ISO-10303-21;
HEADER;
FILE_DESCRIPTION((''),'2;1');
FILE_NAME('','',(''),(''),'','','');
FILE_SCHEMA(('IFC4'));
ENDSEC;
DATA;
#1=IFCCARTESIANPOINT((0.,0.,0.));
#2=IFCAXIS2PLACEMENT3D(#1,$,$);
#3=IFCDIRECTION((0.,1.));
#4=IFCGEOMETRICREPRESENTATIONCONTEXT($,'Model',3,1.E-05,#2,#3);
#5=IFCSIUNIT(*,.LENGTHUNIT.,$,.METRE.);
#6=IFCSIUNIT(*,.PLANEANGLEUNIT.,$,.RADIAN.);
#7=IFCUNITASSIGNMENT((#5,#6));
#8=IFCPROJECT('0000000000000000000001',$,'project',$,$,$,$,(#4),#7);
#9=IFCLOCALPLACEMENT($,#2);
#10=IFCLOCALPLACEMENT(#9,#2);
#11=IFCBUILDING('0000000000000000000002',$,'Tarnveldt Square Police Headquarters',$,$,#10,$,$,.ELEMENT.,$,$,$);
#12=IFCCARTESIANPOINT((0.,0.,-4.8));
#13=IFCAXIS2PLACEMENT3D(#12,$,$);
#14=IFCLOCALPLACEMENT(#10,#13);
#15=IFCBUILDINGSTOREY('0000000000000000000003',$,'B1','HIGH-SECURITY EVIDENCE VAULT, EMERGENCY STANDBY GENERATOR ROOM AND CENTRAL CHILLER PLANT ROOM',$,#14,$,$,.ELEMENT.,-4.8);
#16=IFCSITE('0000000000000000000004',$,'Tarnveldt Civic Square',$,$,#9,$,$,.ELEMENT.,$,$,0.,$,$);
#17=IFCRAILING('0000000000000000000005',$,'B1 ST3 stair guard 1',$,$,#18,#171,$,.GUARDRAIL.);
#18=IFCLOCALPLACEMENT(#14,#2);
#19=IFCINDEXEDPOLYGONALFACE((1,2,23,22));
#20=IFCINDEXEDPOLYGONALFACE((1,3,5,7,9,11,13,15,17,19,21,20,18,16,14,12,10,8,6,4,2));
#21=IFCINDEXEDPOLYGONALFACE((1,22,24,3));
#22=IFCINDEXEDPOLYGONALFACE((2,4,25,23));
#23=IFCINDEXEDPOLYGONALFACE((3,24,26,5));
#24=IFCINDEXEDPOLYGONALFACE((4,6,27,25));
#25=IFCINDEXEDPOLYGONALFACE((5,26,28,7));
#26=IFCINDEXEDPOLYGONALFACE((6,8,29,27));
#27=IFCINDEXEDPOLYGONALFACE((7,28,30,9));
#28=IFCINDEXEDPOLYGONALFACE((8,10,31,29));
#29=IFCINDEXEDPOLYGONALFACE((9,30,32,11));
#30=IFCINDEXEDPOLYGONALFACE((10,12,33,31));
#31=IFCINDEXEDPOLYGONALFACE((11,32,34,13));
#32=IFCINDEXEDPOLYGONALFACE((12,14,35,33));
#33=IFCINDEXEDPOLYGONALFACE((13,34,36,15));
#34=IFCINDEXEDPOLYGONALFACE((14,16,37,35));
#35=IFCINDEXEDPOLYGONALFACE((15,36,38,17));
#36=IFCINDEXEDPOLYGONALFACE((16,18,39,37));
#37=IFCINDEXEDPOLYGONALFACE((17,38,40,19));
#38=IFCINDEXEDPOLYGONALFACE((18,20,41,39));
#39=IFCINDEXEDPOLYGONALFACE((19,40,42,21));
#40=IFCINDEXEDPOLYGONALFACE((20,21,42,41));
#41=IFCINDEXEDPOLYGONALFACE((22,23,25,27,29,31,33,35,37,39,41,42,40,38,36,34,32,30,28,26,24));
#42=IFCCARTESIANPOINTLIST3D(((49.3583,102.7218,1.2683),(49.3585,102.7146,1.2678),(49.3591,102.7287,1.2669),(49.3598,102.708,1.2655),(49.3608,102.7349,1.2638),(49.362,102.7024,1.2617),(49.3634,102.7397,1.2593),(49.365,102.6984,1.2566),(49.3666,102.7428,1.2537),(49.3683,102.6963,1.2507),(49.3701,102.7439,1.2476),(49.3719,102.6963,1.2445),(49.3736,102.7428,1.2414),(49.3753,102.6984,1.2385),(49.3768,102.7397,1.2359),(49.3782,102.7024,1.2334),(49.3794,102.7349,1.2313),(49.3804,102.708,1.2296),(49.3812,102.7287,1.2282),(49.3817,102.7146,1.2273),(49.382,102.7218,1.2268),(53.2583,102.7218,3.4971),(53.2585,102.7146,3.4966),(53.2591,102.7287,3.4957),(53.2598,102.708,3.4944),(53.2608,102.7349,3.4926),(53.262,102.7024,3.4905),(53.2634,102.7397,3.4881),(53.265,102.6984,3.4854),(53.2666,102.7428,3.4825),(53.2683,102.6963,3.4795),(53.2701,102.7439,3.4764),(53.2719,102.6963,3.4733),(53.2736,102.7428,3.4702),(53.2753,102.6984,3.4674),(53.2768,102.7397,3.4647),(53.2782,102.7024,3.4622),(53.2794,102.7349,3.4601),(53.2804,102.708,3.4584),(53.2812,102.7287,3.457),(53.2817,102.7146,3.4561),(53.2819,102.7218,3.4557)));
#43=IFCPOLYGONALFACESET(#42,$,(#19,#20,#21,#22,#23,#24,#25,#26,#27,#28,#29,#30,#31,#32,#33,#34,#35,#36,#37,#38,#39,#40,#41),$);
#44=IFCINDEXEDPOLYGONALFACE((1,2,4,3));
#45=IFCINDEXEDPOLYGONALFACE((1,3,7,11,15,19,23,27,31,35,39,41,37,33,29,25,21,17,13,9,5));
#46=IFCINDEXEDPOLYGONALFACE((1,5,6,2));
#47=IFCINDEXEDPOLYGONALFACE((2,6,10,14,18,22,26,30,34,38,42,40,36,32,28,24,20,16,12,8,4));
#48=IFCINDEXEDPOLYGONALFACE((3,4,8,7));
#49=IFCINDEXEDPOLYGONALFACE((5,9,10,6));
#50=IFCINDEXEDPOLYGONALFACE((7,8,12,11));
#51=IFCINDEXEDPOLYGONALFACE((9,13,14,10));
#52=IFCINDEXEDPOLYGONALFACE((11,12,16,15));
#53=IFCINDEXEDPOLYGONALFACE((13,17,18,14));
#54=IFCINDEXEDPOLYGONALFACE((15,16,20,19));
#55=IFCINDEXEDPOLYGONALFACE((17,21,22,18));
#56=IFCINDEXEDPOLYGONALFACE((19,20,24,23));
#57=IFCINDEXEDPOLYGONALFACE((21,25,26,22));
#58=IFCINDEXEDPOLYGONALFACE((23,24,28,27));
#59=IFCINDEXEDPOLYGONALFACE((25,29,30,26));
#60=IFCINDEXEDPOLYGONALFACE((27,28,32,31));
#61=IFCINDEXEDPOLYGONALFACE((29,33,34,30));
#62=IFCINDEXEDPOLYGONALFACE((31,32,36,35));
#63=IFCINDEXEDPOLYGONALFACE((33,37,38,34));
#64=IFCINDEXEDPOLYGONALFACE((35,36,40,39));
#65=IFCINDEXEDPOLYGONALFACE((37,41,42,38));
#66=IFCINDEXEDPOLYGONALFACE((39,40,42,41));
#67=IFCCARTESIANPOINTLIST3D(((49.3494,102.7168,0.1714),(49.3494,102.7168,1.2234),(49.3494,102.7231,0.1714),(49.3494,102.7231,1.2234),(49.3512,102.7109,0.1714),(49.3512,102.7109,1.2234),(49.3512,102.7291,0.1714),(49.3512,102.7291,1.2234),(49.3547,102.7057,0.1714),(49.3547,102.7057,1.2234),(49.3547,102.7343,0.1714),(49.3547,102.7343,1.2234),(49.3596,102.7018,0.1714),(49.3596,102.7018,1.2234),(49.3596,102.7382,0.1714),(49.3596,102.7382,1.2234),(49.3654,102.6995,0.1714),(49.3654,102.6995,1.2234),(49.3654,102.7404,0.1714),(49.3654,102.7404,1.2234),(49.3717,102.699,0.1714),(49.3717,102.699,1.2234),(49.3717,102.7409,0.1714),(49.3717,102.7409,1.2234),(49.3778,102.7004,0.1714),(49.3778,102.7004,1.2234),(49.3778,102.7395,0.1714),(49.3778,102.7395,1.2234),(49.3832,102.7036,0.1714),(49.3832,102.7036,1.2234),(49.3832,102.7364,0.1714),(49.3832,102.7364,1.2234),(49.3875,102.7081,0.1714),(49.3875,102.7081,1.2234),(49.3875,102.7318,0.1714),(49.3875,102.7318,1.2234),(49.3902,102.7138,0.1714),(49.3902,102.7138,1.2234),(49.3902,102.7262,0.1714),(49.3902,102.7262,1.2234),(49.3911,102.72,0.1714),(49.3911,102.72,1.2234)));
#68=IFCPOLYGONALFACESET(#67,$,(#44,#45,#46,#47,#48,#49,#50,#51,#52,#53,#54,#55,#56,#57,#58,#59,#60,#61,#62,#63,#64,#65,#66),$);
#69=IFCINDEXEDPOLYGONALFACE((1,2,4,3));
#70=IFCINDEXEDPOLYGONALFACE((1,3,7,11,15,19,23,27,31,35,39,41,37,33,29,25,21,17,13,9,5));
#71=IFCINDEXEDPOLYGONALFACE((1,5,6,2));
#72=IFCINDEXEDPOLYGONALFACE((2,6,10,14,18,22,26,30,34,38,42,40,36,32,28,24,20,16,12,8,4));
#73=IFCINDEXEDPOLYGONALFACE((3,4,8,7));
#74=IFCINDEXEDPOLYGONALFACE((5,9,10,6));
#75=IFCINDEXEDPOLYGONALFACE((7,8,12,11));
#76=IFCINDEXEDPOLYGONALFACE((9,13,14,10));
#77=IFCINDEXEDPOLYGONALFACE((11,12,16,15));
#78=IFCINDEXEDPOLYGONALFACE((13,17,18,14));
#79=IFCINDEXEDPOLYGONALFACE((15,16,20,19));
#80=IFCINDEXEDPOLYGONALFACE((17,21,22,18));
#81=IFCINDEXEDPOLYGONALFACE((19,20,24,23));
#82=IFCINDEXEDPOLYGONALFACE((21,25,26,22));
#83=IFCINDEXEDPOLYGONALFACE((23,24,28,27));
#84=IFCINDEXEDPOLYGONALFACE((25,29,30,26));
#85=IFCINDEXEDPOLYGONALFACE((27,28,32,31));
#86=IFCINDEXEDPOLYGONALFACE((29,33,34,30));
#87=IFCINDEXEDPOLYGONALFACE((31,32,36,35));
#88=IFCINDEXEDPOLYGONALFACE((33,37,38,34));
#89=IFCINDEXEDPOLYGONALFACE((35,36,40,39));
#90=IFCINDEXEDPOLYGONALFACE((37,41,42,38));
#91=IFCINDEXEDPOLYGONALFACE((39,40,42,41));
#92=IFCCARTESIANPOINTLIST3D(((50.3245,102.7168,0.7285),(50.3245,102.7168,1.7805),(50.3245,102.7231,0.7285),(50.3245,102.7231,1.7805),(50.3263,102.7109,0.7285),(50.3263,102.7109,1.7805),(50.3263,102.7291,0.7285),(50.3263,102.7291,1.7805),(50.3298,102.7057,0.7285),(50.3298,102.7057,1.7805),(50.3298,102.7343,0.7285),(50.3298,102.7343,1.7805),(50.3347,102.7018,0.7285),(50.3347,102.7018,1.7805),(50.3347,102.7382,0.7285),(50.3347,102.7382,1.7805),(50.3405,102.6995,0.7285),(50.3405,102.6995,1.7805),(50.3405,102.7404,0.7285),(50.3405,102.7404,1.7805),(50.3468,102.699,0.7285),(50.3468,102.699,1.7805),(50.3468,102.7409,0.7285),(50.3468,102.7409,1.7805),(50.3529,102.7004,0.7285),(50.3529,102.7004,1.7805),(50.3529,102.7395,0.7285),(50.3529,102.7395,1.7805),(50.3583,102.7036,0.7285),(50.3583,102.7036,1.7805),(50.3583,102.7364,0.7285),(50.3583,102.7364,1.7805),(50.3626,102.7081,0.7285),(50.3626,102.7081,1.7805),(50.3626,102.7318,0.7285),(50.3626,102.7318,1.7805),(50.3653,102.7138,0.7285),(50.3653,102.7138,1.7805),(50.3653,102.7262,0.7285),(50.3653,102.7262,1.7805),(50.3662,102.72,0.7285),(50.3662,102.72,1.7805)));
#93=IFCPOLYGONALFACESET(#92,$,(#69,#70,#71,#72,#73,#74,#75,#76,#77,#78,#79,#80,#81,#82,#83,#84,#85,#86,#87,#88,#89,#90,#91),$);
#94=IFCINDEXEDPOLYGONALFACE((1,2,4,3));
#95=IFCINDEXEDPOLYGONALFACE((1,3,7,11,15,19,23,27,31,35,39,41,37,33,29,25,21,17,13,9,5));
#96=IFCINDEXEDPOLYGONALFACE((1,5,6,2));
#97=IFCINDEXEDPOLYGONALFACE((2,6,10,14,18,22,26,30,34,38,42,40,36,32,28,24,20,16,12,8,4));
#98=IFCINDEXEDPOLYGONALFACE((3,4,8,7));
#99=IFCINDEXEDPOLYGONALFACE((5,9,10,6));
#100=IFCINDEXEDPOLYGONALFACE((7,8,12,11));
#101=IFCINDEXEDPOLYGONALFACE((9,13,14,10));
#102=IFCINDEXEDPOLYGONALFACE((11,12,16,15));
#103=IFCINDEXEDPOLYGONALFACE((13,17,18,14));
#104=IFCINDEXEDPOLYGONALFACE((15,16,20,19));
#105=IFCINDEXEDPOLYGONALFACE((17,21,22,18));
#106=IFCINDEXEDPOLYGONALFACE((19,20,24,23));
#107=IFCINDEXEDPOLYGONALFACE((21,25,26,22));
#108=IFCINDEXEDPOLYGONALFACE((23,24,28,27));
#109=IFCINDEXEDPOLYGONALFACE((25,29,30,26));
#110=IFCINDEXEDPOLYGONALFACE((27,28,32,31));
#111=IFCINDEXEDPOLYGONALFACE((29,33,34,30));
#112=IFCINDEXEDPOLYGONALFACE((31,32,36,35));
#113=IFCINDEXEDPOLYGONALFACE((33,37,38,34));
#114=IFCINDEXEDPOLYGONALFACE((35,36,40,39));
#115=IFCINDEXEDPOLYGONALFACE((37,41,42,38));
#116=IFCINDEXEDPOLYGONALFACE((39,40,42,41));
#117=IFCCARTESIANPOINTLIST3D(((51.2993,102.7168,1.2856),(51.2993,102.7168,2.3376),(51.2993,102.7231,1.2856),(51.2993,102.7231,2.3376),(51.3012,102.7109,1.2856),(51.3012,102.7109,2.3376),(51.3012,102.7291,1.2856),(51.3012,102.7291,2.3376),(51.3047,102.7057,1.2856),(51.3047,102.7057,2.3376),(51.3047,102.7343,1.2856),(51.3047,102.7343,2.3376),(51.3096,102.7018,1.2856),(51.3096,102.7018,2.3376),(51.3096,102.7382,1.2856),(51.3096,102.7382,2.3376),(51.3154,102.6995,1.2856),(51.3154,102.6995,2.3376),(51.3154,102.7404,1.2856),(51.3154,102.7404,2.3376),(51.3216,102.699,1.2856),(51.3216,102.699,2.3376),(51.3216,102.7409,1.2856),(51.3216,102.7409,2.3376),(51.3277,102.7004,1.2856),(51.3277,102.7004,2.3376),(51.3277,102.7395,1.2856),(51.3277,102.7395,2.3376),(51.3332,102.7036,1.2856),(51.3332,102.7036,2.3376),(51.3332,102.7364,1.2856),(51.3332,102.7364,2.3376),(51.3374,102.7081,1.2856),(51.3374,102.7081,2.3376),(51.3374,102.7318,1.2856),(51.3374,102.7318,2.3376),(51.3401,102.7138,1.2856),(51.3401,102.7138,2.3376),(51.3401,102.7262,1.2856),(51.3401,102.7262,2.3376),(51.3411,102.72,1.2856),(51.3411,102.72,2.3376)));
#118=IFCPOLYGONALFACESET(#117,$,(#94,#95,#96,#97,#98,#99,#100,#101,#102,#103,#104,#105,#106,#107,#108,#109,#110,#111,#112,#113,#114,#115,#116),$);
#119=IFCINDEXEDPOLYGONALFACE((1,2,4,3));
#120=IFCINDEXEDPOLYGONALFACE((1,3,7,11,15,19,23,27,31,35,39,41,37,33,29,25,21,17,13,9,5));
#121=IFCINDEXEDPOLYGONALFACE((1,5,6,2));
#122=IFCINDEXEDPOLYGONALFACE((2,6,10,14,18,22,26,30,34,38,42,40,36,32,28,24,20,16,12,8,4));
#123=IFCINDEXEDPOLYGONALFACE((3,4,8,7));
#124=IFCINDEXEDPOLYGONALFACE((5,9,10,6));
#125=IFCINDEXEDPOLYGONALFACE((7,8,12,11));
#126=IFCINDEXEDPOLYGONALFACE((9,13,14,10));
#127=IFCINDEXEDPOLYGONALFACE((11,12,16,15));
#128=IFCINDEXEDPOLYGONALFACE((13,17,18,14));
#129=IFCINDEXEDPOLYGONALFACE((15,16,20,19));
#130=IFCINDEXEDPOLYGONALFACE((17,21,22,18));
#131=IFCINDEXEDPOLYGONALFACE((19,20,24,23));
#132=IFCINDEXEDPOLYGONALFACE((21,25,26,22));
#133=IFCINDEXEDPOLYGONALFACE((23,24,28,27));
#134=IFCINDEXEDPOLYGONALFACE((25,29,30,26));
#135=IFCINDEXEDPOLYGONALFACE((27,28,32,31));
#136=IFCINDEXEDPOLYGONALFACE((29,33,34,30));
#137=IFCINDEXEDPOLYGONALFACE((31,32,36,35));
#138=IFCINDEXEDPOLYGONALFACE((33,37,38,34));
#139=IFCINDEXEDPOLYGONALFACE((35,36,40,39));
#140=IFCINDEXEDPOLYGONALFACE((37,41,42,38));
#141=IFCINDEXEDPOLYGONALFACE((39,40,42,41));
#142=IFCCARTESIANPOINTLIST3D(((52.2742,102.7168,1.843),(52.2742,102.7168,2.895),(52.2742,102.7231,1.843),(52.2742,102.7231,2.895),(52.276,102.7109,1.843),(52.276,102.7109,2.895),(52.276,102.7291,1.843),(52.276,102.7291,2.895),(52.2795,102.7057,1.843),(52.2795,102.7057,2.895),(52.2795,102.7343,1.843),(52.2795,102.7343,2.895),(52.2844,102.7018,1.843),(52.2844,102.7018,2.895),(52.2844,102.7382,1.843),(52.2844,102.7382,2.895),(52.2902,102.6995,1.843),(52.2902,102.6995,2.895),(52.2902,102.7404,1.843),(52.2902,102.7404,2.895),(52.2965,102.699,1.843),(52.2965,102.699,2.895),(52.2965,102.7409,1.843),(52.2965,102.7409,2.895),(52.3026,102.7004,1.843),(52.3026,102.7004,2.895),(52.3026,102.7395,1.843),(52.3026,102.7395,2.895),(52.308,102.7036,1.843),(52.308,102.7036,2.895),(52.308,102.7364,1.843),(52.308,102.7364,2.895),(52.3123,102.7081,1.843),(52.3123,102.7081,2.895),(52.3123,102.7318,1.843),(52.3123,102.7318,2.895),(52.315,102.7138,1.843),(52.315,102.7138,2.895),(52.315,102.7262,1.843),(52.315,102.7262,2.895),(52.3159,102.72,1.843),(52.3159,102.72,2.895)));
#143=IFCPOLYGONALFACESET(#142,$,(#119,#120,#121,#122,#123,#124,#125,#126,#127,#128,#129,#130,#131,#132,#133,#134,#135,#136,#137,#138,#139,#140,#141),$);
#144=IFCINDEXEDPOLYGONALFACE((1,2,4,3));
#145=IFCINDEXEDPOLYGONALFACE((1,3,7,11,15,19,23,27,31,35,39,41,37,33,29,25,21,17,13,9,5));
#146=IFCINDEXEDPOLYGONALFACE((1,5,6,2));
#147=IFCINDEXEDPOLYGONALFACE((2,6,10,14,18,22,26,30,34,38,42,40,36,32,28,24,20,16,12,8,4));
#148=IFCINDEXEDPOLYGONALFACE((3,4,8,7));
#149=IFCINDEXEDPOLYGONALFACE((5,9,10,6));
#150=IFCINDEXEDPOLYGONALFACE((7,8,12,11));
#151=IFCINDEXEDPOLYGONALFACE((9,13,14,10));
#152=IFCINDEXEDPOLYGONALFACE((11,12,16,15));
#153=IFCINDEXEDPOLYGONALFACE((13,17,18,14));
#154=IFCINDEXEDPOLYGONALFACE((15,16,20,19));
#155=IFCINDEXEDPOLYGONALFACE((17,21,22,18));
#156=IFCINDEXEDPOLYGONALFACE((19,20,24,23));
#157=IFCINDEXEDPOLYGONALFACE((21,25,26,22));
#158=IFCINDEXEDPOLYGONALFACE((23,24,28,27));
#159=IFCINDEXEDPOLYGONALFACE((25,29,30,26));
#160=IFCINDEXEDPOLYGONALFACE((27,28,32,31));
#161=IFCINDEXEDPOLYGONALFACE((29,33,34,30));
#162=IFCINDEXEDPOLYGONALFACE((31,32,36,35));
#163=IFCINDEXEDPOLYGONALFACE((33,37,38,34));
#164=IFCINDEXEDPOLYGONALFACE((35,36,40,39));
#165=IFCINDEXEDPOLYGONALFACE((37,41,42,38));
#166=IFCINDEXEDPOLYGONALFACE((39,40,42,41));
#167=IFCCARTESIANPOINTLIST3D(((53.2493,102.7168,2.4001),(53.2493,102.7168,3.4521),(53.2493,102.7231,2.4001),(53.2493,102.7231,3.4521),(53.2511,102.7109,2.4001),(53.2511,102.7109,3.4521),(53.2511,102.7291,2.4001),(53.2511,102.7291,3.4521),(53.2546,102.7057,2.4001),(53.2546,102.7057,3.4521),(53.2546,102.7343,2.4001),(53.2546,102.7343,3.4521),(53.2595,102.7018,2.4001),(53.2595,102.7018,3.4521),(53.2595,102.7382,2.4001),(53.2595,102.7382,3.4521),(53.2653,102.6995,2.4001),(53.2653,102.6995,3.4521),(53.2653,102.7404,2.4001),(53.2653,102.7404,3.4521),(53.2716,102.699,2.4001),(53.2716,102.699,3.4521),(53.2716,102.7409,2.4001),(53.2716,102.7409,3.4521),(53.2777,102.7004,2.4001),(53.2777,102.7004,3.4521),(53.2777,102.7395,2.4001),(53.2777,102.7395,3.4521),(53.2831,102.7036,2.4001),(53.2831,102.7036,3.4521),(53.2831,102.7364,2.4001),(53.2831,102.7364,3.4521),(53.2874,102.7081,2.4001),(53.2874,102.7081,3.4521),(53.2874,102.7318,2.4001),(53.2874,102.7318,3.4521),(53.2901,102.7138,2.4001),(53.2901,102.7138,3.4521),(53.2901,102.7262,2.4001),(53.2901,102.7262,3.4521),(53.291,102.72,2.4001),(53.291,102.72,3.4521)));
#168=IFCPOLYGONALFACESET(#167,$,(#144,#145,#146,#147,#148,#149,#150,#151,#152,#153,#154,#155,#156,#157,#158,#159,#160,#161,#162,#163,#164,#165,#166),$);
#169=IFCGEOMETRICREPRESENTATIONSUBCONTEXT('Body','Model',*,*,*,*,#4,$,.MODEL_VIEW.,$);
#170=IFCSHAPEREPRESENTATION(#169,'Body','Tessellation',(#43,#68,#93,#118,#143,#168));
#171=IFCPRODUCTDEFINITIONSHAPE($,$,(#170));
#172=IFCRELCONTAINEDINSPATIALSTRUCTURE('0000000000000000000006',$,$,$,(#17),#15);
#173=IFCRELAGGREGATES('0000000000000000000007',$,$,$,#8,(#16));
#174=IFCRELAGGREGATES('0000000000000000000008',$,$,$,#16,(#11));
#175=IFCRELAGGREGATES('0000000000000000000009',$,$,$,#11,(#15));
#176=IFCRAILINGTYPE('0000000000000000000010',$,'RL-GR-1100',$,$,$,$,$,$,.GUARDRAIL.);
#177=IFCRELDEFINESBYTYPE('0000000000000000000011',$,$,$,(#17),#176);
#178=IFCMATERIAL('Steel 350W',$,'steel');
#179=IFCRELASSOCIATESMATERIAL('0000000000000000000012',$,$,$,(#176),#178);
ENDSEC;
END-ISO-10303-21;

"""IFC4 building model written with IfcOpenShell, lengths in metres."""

from ifc_helpers import new_model, si_unit, direction, frame, origin, origin_2d, place, context, subcontext, project, spatial, circle, extrude, material, type_object, element, save


model = new_model("IFC4")

# Units and contexts
model_context = context("Model", 3, precision=1e-05, world=origin(), true_north=direction((0.0, 1.0)))
body_context = subcontext(model_context, "Body", "Model", "MODEL_VIEW")
ifc_project = project(units=[si_unit("LENGTHUNIT", "METRE"), si_unit("PLANEANGLEUNIT", "RADIAN")], contexts=[model_context])

# Site, building, storey
site_placement = place(None, origin())
site = spatial("IfcSite", under=ifc_project, at=site_placement, Name="Tarnveldt Civic Square", CompositionType="ELEMENT", RefElevation=0.0)
building_placement = place(site_placement, origin())
building = spatial("IfcBuilding", under=site, at=building_placement, Name="Tarnveldt Square Police Headquarters", CompositionType="ELEMENT")
storey_placement = place(building_placement, frame((0.0, 0.0, -4.8)))
storey = spatial("IfcBuildingStorey", under=building, at=storey_placement, Name="B1", Description="HIGH-SECURITY EVIDENCE VAULT, EMERGENCY STANDBY GENERATOR ROOM AND CENTRAL CHILLER PLANT ROOM", CompositionType="ELEMENT", Elevation=-4.8)

# Railing
ifc_material_1 = material(Name="Steel 350W", Category="steel")
railing_type_1 = type_object("IfcRailingType", Name="RL-GR-1100", PredefinedType="GUARDRAIL", material=ifc_material_1)
railing_1_placement = place(storey_placement, frame((49.3701, 102.72, 0.1714)))
element("IfcRailing", 1, at=railing_1_placement, inside=storey, type_object=railing_type_1, Name="B1 ST3 stair guard 1", PredefinedType="GUARDRAIL", context=body_context, shape_type="SweptSolid", body=[
    extrude(circle(Radius=0.0239, at=origin_2d()), frame((0.0, 0.0, 1.0762), z_axis=(0.86822, 0.0, 0.49618), x_axis=(0.0, 1.0, 0.0)), (0.0, 0.0, 1.0), 4.4919),
    extrude(circle(Radius=0.021, at=origin_2d()), origin(), (0.0, 0.0, 1.0), 1.052),
    extrude(circle(Radius=0.021, at=origin_2d()), frame((0.9751, 0.0, 0.5571)), (0.0, 0.0, 1.0), 1.052),
    extrude(circle(Radius=0.021, at=origin_2d()), frame((1.95, 0.0, 1.1143)), (0.0, 0.0, 1.0), 1.052),
    extrude(circle(Radius=0.021, at=origin_2d()), frame((2.9248, 0.0, 1.6716)), (0.0, 0.0, 1.0), 1.052),
    extrude(circle(Radius=0.021, at=origin_2d()), frame((3.8999, 0.0, 2.2288)), (0.0, 0.0, 1.0), 1.052),
])

save(model, "model.ifc")
